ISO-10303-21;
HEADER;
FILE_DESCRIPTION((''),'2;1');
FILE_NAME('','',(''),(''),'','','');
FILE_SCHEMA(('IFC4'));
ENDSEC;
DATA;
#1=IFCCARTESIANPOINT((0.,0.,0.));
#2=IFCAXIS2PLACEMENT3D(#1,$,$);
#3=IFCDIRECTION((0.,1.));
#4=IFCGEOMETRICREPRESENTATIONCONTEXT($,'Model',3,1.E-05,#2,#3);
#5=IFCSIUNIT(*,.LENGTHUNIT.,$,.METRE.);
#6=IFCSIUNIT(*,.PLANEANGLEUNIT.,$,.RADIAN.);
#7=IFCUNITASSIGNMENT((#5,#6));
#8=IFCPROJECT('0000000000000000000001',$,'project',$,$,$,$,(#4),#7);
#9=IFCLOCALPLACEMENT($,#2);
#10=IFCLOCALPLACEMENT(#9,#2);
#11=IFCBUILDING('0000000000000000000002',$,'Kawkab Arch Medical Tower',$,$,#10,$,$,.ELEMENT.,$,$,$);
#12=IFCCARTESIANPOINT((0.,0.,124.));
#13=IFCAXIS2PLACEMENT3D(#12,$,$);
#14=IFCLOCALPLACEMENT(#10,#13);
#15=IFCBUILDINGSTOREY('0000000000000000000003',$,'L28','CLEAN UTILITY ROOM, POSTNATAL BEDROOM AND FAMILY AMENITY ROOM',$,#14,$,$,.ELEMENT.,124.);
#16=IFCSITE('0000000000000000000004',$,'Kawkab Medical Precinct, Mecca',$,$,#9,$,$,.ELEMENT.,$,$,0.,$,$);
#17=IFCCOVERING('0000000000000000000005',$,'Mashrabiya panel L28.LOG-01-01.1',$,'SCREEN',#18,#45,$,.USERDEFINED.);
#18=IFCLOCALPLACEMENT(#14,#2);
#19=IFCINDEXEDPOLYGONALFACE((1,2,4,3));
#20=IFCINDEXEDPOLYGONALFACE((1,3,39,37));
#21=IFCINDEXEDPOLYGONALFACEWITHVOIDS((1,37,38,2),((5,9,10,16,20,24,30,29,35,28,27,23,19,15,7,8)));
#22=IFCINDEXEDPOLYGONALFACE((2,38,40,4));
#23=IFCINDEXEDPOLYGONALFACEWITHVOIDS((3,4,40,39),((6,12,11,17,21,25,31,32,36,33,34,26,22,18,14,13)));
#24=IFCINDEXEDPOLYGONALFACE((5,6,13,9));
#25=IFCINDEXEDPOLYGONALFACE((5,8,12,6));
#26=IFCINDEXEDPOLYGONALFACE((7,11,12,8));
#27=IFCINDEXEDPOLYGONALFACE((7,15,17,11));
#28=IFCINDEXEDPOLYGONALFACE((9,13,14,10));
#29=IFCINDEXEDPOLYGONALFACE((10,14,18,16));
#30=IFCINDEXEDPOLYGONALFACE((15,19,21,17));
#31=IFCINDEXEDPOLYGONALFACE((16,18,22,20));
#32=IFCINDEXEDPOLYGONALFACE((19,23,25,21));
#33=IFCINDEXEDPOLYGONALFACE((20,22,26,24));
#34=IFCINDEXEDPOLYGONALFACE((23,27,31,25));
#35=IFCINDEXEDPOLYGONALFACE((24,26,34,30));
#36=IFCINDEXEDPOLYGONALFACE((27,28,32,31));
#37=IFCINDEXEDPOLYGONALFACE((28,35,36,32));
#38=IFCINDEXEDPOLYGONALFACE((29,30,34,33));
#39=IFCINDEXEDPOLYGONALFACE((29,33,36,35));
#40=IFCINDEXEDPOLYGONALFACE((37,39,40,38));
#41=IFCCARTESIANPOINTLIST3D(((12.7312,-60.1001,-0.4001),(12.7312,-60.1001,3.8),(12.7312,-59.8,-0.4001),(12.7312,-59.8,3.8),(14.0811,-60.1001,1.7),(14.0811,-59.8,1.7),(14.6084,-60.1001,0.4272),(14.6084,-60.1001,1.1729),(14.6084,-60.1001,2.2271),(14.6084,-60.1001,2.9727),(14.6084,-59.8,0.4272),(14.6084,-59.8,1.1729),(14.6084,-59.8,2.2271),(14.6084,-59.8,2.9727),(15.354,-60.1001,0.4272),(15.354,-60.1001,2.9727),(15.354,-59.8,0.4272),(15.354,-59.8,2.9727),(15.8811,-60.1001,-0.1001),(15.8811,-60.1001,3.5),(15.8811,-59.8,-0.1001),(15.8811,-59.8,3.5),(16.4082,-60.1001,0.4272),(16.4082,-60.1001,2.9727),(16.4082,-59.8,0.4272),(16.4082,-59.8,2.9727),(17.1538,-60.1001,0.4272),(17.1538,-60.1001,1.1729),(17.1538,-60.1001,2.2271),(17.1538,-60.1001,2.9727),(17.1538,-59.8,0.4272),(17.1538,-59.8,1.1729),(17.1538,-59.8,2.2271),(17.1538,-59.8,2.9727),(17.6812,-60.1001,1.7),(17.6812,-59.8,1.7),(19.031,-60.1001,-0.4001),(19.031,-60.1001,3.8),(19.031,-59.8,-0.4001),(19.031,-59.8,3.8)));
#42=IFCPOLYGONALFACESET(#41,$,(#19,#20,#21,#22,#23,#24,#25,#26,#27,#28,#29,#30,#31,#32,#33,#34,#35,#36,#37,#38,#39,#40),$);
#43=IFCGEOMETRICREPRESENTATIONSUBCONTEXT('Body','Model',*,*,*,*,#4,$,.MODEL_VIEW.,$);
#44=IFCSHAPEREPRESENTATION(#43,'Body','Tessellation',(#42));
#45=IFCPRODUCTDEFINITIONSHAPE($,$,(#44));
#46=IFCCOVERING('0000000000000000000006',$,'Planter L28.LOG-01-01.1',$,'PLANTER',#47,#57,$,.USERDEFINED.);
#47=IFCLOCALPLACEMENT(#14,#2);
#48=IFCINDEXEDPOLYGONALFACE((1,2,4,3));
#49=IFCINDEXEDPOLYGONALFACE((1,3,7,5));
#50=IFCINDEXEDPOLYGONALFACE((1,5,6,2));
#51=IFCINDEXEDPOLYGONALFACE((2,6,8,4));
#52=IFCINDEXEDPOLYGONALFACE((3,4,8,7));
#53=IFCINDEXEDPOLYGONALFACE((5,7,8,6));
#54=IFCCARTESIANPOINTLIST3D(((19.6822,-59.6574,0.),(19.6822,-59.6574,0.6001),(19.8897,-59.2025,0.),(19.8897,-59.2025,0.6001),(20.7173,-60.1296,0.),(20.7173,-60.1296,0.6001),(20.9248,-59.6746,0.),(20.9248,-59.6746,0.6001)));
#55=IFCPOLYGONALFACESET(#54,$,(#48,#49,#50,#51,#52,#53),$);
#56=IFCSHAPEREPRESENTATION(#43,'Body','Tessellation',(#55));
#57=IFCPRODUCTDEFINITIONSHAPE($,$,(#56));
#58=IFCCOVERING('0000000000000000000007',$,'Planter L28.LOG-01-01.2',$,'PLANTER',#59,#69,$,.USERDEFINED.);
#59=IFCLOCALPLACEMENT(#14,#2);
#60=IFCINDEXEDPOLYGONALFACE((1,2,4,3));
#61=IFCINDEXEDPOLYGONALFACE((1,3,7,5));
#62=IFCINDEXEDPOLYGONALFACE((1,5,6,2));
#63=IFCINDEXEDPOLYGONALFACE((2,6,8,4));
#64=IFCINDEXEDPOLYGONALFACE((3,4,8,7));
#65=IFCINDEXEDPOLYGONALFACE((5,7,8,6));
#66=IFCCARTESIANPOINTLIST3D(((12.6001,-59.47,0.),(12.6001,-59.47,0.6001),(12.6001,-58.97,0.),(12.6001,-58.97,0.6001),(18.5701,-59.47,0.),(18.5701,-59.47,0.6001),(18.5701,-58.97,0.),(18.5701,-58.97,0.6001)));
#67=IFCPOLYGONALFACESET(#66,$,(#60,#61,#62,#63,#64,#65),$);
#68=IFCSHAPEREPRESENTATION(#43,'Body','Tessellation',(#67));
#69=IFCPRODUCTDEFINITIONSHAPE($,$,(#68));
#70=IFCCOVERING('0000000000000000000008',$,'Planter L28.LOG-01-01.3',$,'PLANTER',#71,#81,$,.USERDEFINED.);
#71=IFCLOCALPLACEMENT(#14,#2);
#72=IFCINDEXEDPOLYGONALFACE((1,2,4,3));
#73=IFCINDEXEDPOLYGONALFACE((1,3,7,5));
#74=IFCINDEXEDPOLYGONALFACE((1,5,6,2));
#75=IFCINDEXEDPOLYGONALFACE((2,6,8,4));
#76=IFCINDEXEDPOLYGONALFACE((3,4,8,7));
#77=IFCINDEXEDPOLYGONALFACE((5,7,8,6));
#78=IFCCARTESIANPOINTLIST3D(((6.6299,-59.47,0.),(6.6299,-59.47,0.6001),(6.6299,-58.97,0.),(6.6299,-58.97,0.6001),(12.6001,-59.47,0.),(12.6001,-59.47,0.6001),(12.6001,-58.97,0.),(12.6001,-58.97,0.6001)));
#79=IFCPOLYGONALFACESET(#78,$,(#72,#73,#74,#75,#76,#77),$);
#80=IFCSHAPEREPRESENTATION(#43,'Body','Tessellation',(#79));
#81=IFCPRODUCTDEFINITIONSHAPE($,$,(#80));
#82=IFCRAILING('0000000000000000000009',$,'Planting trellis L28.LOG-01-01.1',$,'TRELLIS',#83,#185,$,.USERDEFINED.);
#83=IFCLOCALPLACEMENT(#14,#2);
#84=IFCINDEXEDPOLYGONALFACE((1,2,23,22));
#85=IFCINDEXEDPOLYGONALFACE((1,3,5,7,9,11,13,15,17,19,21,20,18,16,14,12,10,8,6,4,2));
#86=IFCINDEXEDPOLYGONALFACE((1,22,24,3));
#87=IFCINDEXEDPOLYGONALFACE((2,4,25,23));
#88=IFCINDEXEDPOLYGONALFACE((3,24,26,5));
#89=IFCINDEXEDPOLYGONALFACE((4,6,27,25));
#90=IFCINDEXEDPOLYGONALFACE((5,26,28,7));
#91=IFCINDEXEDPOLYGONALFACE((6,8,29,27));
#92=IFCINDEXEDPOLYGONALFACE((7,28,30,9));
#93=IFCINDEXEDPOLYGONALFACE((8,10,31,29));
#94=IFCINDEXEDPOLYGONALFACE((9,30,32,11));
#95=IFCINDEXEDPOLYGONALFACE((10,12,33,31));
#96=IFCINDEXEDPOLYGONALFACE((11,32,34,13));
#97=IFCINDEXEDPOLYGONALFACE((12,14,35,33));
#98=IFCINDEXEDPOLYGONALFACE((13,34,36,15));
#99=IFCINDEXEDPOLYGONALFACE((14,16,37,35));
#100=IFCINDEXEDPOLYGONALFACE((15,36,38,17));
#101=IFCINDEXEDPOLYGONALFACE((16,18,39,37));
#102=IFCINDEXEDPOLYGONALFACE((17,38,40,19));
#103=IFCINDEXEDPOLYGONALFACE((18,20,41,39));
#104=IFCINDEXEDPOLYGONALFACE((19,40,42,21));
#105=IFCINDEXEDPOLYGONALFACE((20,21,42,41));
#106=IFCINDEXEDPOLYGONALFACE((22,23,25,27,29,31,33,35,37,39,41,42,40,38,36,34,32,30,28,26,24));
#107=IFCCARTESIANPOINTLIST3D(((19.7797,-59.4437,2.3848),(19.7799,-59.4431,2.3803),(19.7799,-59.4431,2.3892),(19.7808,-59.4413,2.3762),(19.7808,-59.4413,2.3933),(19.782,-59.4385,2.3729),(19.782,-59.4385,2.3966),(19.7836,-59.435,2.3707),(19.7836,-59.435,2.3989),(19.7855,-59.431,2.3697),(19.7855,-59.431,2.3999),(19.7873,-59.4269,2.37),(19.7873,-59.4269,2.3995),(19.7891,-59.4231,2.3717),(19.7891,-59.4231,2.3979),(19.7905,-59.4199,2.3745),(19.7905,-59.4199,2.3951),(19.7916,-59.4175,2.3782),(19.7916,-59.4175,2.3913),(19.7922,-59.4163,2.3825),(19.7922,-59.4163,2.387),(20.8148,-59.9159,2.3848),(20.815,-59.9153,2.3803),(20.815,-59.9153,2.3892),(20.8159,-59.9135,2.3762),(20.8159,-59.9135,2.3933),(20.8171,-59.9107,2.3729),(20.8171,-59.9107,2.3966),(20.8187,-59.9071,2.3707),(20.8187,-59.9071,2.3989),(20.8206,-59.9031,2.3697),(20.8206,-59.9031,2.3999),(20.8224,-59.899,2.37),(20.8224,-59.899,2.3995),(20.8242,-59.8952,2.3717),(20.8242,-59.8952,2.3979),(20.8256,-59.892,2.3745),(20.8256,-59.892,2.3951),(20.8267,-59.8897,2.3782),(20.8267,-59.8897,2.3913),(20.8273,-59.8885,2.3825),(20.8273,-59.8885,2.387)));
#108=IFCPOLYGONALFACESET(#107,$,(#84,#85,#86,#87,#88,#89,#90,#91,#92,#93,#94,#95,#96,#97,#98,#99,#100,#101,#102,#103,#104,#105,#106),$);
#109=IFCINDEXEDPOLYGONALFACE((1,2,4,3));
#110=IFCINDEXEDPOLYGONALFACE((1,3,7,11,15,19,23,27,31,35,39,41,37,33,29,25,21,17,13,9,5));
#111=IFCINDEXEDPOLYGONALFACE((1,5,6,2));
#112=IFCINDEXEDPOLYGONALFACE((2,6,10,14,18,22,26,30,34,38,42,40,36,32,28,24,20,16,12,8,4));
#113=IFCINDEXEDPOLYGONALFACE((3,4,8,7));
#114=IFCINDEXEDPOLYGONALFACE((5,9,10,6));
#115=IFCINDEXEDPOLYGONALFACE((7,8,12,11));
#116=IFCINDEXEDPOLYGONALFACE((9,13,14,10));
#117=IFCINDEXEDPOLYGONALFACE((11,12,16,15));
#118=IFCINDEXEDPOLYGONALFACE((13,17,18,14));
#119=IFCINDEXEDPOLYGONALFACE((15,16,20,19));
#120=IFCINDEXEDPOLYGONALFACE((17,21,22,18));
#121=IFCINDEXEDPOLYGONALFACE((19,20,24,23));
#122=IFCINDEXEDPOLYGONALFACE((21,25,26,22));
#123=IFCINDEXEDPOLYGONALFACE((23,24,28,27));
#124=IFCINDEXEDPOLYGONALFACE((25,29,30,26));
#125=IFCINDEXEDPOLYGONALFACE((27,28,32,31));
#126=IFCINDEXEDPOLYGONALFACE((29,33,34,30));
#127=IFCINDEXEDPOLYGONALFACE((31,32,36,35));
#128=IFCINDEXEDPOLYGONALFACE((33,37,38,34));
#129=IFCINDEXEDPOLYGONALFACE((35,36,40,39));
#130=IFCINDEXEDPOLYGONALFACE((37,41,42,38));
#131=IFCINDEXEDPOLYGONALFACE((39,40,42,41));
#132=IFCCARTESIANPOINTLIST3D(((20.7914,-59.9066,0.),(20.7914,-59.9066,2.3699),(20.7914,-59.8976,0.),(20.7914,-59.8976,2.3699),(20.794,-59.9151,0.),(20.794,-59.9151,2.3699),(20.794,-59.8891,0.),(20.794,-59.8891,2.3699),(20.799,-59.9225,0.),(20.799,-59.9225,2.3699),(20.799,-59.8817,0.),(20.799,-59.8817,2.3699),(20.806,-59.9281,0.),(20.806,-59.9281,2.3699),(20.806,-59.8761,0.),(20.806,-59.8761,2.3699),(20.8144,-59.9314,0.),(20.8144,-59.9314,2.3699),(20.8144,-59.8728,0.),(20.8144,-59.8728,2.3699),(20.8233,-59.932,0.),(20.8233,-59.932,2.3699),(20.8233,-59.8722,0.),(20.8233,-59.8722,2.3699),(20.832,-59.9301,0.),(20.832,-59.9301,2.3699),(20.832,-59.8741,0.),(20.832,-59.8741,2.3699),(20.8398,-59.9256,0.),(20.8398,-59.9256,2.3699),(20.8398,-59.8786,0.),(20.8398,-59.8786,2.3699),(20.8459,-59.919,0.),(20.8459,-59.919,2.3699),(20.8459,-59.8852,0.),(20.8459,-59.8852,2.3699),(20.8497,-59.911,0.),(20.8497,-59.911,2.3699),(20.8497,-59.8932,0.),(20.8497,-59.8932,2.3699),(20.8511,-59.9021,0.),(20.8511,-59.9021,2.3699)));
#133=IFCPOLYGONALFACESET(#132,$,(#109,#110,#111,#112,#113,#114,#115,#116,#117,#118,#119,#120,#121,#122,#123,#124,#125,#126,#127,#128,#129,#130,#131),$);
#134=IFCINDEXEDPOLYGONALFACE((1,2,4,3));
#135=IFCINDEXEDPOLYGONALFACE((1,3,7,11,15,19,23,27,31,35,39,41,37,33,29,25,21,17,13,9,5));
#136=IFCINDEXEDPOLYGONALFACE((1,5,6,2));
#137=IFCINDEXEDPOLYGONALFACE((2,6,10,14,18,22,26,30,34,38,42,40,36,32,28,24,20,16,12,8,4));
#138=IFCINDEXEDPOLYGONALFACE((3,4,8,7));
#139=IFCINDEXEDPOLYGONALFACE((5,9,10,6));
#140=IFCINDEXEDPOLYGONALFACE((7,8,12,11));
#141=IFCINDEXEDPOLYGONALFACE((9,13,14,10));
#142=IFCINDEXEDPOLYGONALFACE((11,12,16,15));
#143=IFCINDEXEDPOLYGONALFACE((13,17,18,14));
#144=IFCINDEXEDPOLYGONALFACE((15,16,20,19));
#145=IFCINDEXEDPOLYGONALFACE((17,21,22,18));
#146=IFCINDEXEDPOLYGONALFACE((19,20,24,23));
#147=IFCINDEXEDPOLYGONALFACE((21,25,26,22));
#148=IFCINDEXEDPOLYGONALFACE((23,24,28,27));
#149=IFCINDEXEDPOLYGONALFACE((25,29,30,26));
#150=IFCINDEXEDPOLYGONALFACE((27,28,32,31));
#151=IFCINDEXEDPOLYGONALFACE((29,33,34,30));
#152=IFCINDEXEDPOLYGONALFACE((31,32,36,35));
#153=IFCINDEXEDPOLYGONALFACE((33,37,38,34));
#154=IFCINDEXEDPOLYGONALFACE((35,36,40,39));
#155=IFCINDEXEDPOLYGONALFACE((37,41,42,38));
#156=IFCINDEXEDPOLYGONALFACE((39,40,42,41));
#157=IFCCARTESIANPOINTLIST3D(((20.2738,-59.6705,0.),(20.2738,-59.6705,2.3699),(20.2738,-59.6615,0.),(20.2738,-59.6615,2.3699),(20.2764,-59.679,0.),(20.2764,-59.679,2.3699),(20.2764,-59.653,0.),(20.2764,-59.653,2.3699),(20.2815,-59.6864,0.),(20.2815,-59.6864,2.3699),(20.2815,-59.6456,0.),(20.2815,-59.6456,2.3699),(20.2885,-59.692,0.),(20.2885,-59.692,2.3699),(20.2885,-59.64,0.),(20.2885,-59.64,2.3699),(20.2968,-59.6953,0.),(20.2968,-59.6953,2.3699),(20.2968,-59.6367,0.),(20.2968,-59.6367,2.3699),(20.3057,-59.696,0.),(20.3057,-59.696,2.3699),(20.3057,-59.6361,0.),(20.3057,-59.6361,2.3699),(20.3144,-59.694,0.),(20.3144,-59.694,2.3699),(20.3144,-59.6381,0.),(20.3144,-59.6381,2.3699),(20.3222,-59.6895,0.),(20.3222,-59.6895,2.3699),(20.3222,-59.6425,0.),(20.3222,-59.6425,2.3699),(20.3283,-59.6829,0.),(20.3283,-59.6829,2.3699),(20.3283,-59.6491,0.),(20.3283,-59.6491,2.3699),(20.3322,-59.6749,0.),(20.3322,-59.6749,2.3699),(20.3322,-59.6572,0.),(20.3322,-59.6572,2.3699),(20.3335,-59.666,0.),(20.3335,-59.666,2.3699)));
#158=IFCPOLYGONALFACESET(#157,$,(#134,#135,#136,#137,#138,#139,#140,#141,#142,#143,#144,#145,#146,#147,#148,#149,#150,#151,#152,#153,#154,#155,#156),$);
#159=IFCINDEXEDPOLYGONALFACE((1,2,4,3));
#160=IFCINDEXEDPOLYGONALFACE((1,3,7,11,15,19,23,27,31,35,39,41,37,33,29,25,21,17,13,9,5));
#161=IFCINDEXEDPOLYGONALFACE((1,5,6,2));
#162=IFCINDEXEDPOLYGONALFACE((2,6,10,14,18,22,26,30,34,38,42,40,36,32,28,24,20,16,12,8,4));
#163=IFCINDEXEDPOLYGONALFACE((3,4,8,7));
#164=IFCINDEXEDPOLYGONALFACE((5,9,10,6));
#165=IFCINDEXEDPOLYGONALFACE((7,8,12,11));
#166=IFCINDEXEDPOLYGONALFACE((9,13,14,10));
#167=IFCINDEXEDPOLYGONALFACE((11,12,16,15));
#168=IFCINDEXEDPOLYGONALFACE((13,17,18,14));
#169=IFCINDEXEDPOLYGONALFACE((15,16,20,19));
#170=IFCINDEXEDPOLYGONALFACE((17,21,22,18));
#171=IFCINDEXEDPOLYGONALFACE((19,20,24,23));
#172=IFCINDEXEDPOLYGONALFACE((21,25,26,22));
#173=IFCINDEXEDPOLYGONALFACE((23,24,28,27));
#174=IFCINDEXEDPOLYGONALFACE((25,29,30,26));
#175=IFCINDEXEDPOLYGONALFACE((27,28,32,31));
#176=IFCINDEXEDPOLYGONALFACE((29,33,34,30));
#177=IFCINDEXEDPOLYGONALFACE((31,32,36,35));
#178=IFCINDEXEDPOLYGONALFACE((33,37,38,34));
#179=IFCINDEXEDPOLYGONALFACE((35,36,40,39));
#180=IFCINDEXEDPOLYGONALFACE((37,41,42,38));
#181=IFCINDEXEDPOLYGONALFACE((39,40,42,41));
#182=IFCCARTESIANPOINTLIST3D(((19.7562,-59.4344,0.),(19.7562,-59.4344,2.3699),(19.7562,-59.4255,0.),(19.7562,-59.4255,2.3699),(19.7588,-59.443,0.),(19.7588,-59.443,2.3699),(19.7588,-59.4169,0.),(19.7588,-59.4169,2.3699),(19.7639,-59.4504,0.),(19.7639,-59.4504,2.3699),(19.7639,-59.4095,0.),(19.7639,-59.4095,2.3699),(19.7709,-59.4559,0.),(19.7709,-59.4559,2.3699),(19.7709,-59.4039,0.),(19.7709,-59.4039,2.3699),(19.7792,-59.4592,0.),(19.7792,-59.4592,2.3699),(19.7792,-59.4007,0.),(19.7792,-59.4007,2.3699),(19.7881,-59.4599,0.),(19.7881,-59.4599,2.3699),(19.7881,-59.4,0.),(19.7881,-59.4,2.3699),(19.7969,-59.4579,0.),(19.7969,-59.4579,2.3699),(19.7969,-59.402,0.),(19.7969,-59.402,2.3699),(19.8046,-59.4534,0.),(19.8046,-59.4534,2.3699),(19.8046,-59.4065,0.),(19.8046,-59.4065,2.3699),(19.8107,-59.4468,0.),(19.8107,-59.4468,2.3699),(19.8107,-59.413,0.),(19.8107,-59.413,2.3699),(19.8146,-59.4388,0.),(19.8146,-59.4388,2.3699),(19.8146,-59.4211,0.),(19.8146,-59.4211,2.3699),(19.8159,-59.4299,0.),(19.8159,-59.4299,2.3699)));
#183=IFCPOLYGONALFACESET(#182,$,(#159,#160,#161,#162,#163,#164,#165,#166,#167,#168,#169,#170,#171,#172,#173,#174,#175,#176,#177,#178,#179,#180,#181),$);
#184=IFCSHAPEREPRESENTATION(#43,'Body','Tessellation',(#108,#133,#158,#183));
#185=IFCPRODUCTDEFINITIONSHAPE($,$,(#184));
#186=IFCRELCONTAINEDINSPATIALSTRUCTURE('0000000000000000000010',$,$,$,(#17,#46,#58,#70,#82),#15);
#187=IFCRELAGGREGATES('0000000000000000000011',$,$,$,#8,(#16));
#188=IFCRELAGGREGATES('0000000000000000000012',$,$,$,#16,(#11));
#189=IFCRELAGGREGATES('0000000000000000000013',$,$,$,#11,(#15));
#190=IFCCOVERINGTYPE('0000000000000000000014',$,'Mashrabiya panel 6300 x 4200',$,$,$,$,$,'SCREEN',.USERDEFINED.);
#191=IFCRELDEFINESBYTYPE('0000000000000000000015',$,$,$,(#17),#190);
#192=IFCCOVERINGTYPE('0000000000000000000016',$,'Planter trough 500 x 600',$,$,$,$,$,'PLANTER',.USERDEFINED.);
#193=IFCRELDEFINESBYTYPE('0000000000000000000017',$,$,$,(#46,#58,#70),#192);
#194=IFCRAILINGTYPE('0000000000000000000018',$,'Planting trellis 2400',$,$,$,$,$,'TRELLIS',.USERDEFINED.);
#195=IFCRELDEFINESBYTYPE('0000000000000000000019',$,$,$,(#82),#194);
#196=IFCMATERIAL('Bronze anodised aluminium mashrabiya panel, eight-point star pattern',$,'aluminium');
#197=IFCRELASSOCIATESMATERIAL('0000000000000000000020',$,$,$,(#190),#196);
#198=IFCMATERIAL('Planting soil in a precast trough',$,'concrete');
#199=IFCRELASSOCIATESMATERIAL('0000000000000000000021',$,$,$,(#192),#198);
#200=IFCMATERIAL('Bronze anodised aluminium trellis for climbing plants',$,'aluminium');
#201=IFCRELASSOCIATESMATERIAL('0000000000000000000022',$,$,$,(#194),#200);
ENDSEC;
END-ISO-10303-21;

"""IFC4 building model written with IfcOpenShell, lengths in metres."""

from ifc_helpers import new_model, si_unit, direction, frame, origin, origin_2d, place, context, subcontext, project, spatial, polyline, rectangle, circle, outline, extrude, material, material_profile, profile_set, type_object, element, save


model = new_model("IFC4")

# Units and contexts
model_context = context("Model", 3, precision=1e-05, world=origin(), true_north=direction((0.0, 1.0)))
body_context = subcontext(model_context, "Body", "Model", "MODEL_VIEW")
ifc_project = project(units=[si_unit("LENGTHUNIT", "METRE"), si_unit("PLANEANGLEUNIT", "RADIAN")], contexts=[model_context])

# Site, building, storey
site_placement = place(None, origin())
site = spatial("IfcSite", under=ifc_project, at=site_placement, Name="Kawkab Medical Precinct, Mecca", CompositionType="ELEMENT", RefElevation=0.0)
building_placement = place(site_placement, origin())
building = spatial("IfcBuilding", under=site, at=building_placement, Name="Kawkab Arch Medical Tower", CompositionType="ELEMENT")
storey_placement = place(building_placement, frame((0.0, 0.0, 124.0)))
storey = spatial("IfcBuildingStorey", under=building, at=storey_placement, Name="L28", Description="CLEAN UTILITY ROOM, POSTNATAL BEDROOM AND FAMILY AMENITY ROOM", CompositionType="ELEMENT", Elevation=124.0)

# Coverings
ifc_material_1 = material(Name="Bronze anodised aluminium mashrabiya panel, eight-point star pattern", Category="aluminium")
ifc_material_profile_1 = material_profile(ifc_material_1, outline(polyline([(-3.1499, -2.1001), (3.1499, -2.1001), (3.1499, 2.1001), (-3.1499, 2.1001), (-3.1499, -2.1001)]), holes=[polyline([(1.8, 0.0), (1.2727, 0.5271), (1.2727, 1.2727), (0.5271, 1.2727), (0.0, 1.8), (-0.5271, 1.2727), (-1.2727, 1.2727), (-1.2727, 0.5271), (-1.8, 0.0), (-1.2727, -0.5271), (-1.2727, -1.2727), (-0.5271, -1.2727), (0.0, -1.8), (0.5271, -1.2727), (1.2727, -1.2727), (1.2727, -0.5271), (1.8, 0.0)])]), Name="Mashrabiya panel 6300x4200")
ifc_profile_set_1 = profile_set([ifc_material_profile_1], Name="Bronze anodised aluminium mashrabiya panel, eight-point star pattern")
covering_type_1 = type_object("IfcCoveringType", Name="Mashrabiya panel 6300 x 4200", ElementType="SCREEN", PredefinedType="USERDEFINED", material=ifc_profile_set_1)
covering_1_placement = place(storey_placement, frame((15.8811, -59.8, 1.7), z_axis=(0.0, -1.0, 0.0), x_axis=(1.0, 0.0, 0.0)))
element("IfcCovering", 1, at=covering_1_placement, inside=storey, type_object=covering_type_1, Name="Mashrabiya panel L28.LOG-01-01.1", ObjectType="SCREEN", PredefinedType="USERDEFINED", context=body_context, shape_type="SweptSolid", body=[
    extrude(outline(polyline([(-3.1499, -2.1001), (3.1499, -2.1001), (3.1499, 2.1001), (-3.1499, 2.1001), (-3.1499, -2.1001)]), holes=[polyline([(1.8, 0.0), (1.2727, 0.5271), (1.2727, 1.2727), (0.5271, 1.2727), (0.0, 1.8), (-0.5271, 1.2727), (-1.2727, 1.2727), (-1.2727, 0.5271), (-1.8, 0.0), (-1.2727, -0.5271), (-1.2727, -1.2727), (-0.5271, -1.2727), (0.0, -1.8), (0.5271, -1.2727), (1.2727, -1.2727), (1.2727, -0.5271), (1.8, 0.0)])]), origin(), (0.0, 0.0, 1.0), 0.3),
])
ifc_material_2 = material(Name="Planting soil in a precast trough", Category="concrete")
ifc_material_profile_2 = material_profile(ifc_material_2, rectangle(XDim=0.5, YDim=0.6001, at=origin_2d()), Name="Trough 500x600")
ifc_profile_set_2 = profile_set([ifc_material_profile_2], Name="Planting soil in a precast trough")
covering_type_2 = type_object("IfcCoveringType", Name="Planter trough 500 x 600", ElementType="PLANTER", PredefinedType="USERDEFINED", material=ifc_profile_set_2)
covering_2_placement = place(storey_placement, frame((20.821, -59.9021, 0.3), z_axis=(-0.909822, 0.414999, 0.0), x_axis=(-0.414999, -0.909822, 0.0)))
element("IfcCovering", 2, at=covering_2_placement, inside=storey, type_object=covering_type_2, Name="Planter L28.LOG-01-01.1", ObjectType="PLANTER", PredefinedType="USERDEFINED", context=body_context, shape_type="SweptSolid", body=[
    extrude(rectangle(XDim=0.5, YDim=0.6001, at=origin_2d()), origin(), (0.0, 0.0, 1.0), 1.1377),
])
covering_3_placement = place(storey_placement, frame((18.5701, -59.22, 0.3), z_axis=(-1.0, 0.0, 0.0), x_axis=(0.0, -1.0, 0.0)))
element("IfcCovering", 3, at=covering_3_placement, inside=storey, type_object=covering_type_2, Name="Planter L28.LOG-01-01.2", ObjectType="PLANTER", PredefinedType="USERDEFINED", context=body_context, shape_type="SweptSolid", body=[
    extrude(rectangle(XDim=0.5, YDim=0.6001, at=origin_2d()), origin(), (0.0, 0.0, 1.0), 5.97),
])
covering_4_placement = place(storey_placement, frame((12.6001, -59.22, 0.3), z_axis=(-1.0, 0.0, 0.0), x_axis=(0.0, -1.0, 0.0)))
element("IfcCovering", 4, at=covering_4_placement, inside=storey, type_object=covering_type_2, Name="Planter L28.LOG-01-01.3", ObjectType="PLANTER", PredefinedType="USERDEFINED", context=body_context, shape_type="SweptSolid", body=[
    extrude(rectangle(XDim=0.5, YDim=0.6001, at=origin_2d()), origin(), (0.0, 0.0, 1.0), 5.9702),
])

# Railing
ifc_material_3 = material(Name="Bronze anodised aluminium trellis for climbing plants", Category="aluminium")
railing_type_1 = type_object("IfcRailingType", Name="Planting trellis 2400", ElementType="TRELLIS", PredefinedType="USERDEFINED", material=ifc_material_3)
railing_1_placement = place(storey_placement, frame((20.821, -59.9021, 0.0)))
element("IfcRailing", 5, at=railing_1_placement, inside=storey, type_object=railing_type_1, Name="Planting trellis L28.LOG-01-01.1", ObjectType="TRELLIS", PredefinedType="USERDEFINED", context=body_context, shape_type="SweptSolid", body=[
    extrude(circle(Radius=0.0151, at=origin_2d()), frame((0.0, 0.0, 2.3848), z_axis=(-0.909822, 0.414999, 0.0), x_axis=(-0.414999, -0.909822, 0.0)), (0.0, 0.0, 1.0), 1.1377),
    extrude(circle(Radius=0.03, at=origin_2d()), origin(), (0.0, 0.0, 1.0), 2.3699),
    extrude(circle(Radius=0.03, at=origin_2d()), frame((-0.5176, 0.2361, 0.0)), (0.0, 0.0, 1.0), 2.3699),
    extrude(circle(Radius=0.03, at=origin_2d()), frame((-1.0352, 0.4722, 0.0)), (0.0, 0.0, 1.0), 2.3699),
])

save(model, "model.ifc")
